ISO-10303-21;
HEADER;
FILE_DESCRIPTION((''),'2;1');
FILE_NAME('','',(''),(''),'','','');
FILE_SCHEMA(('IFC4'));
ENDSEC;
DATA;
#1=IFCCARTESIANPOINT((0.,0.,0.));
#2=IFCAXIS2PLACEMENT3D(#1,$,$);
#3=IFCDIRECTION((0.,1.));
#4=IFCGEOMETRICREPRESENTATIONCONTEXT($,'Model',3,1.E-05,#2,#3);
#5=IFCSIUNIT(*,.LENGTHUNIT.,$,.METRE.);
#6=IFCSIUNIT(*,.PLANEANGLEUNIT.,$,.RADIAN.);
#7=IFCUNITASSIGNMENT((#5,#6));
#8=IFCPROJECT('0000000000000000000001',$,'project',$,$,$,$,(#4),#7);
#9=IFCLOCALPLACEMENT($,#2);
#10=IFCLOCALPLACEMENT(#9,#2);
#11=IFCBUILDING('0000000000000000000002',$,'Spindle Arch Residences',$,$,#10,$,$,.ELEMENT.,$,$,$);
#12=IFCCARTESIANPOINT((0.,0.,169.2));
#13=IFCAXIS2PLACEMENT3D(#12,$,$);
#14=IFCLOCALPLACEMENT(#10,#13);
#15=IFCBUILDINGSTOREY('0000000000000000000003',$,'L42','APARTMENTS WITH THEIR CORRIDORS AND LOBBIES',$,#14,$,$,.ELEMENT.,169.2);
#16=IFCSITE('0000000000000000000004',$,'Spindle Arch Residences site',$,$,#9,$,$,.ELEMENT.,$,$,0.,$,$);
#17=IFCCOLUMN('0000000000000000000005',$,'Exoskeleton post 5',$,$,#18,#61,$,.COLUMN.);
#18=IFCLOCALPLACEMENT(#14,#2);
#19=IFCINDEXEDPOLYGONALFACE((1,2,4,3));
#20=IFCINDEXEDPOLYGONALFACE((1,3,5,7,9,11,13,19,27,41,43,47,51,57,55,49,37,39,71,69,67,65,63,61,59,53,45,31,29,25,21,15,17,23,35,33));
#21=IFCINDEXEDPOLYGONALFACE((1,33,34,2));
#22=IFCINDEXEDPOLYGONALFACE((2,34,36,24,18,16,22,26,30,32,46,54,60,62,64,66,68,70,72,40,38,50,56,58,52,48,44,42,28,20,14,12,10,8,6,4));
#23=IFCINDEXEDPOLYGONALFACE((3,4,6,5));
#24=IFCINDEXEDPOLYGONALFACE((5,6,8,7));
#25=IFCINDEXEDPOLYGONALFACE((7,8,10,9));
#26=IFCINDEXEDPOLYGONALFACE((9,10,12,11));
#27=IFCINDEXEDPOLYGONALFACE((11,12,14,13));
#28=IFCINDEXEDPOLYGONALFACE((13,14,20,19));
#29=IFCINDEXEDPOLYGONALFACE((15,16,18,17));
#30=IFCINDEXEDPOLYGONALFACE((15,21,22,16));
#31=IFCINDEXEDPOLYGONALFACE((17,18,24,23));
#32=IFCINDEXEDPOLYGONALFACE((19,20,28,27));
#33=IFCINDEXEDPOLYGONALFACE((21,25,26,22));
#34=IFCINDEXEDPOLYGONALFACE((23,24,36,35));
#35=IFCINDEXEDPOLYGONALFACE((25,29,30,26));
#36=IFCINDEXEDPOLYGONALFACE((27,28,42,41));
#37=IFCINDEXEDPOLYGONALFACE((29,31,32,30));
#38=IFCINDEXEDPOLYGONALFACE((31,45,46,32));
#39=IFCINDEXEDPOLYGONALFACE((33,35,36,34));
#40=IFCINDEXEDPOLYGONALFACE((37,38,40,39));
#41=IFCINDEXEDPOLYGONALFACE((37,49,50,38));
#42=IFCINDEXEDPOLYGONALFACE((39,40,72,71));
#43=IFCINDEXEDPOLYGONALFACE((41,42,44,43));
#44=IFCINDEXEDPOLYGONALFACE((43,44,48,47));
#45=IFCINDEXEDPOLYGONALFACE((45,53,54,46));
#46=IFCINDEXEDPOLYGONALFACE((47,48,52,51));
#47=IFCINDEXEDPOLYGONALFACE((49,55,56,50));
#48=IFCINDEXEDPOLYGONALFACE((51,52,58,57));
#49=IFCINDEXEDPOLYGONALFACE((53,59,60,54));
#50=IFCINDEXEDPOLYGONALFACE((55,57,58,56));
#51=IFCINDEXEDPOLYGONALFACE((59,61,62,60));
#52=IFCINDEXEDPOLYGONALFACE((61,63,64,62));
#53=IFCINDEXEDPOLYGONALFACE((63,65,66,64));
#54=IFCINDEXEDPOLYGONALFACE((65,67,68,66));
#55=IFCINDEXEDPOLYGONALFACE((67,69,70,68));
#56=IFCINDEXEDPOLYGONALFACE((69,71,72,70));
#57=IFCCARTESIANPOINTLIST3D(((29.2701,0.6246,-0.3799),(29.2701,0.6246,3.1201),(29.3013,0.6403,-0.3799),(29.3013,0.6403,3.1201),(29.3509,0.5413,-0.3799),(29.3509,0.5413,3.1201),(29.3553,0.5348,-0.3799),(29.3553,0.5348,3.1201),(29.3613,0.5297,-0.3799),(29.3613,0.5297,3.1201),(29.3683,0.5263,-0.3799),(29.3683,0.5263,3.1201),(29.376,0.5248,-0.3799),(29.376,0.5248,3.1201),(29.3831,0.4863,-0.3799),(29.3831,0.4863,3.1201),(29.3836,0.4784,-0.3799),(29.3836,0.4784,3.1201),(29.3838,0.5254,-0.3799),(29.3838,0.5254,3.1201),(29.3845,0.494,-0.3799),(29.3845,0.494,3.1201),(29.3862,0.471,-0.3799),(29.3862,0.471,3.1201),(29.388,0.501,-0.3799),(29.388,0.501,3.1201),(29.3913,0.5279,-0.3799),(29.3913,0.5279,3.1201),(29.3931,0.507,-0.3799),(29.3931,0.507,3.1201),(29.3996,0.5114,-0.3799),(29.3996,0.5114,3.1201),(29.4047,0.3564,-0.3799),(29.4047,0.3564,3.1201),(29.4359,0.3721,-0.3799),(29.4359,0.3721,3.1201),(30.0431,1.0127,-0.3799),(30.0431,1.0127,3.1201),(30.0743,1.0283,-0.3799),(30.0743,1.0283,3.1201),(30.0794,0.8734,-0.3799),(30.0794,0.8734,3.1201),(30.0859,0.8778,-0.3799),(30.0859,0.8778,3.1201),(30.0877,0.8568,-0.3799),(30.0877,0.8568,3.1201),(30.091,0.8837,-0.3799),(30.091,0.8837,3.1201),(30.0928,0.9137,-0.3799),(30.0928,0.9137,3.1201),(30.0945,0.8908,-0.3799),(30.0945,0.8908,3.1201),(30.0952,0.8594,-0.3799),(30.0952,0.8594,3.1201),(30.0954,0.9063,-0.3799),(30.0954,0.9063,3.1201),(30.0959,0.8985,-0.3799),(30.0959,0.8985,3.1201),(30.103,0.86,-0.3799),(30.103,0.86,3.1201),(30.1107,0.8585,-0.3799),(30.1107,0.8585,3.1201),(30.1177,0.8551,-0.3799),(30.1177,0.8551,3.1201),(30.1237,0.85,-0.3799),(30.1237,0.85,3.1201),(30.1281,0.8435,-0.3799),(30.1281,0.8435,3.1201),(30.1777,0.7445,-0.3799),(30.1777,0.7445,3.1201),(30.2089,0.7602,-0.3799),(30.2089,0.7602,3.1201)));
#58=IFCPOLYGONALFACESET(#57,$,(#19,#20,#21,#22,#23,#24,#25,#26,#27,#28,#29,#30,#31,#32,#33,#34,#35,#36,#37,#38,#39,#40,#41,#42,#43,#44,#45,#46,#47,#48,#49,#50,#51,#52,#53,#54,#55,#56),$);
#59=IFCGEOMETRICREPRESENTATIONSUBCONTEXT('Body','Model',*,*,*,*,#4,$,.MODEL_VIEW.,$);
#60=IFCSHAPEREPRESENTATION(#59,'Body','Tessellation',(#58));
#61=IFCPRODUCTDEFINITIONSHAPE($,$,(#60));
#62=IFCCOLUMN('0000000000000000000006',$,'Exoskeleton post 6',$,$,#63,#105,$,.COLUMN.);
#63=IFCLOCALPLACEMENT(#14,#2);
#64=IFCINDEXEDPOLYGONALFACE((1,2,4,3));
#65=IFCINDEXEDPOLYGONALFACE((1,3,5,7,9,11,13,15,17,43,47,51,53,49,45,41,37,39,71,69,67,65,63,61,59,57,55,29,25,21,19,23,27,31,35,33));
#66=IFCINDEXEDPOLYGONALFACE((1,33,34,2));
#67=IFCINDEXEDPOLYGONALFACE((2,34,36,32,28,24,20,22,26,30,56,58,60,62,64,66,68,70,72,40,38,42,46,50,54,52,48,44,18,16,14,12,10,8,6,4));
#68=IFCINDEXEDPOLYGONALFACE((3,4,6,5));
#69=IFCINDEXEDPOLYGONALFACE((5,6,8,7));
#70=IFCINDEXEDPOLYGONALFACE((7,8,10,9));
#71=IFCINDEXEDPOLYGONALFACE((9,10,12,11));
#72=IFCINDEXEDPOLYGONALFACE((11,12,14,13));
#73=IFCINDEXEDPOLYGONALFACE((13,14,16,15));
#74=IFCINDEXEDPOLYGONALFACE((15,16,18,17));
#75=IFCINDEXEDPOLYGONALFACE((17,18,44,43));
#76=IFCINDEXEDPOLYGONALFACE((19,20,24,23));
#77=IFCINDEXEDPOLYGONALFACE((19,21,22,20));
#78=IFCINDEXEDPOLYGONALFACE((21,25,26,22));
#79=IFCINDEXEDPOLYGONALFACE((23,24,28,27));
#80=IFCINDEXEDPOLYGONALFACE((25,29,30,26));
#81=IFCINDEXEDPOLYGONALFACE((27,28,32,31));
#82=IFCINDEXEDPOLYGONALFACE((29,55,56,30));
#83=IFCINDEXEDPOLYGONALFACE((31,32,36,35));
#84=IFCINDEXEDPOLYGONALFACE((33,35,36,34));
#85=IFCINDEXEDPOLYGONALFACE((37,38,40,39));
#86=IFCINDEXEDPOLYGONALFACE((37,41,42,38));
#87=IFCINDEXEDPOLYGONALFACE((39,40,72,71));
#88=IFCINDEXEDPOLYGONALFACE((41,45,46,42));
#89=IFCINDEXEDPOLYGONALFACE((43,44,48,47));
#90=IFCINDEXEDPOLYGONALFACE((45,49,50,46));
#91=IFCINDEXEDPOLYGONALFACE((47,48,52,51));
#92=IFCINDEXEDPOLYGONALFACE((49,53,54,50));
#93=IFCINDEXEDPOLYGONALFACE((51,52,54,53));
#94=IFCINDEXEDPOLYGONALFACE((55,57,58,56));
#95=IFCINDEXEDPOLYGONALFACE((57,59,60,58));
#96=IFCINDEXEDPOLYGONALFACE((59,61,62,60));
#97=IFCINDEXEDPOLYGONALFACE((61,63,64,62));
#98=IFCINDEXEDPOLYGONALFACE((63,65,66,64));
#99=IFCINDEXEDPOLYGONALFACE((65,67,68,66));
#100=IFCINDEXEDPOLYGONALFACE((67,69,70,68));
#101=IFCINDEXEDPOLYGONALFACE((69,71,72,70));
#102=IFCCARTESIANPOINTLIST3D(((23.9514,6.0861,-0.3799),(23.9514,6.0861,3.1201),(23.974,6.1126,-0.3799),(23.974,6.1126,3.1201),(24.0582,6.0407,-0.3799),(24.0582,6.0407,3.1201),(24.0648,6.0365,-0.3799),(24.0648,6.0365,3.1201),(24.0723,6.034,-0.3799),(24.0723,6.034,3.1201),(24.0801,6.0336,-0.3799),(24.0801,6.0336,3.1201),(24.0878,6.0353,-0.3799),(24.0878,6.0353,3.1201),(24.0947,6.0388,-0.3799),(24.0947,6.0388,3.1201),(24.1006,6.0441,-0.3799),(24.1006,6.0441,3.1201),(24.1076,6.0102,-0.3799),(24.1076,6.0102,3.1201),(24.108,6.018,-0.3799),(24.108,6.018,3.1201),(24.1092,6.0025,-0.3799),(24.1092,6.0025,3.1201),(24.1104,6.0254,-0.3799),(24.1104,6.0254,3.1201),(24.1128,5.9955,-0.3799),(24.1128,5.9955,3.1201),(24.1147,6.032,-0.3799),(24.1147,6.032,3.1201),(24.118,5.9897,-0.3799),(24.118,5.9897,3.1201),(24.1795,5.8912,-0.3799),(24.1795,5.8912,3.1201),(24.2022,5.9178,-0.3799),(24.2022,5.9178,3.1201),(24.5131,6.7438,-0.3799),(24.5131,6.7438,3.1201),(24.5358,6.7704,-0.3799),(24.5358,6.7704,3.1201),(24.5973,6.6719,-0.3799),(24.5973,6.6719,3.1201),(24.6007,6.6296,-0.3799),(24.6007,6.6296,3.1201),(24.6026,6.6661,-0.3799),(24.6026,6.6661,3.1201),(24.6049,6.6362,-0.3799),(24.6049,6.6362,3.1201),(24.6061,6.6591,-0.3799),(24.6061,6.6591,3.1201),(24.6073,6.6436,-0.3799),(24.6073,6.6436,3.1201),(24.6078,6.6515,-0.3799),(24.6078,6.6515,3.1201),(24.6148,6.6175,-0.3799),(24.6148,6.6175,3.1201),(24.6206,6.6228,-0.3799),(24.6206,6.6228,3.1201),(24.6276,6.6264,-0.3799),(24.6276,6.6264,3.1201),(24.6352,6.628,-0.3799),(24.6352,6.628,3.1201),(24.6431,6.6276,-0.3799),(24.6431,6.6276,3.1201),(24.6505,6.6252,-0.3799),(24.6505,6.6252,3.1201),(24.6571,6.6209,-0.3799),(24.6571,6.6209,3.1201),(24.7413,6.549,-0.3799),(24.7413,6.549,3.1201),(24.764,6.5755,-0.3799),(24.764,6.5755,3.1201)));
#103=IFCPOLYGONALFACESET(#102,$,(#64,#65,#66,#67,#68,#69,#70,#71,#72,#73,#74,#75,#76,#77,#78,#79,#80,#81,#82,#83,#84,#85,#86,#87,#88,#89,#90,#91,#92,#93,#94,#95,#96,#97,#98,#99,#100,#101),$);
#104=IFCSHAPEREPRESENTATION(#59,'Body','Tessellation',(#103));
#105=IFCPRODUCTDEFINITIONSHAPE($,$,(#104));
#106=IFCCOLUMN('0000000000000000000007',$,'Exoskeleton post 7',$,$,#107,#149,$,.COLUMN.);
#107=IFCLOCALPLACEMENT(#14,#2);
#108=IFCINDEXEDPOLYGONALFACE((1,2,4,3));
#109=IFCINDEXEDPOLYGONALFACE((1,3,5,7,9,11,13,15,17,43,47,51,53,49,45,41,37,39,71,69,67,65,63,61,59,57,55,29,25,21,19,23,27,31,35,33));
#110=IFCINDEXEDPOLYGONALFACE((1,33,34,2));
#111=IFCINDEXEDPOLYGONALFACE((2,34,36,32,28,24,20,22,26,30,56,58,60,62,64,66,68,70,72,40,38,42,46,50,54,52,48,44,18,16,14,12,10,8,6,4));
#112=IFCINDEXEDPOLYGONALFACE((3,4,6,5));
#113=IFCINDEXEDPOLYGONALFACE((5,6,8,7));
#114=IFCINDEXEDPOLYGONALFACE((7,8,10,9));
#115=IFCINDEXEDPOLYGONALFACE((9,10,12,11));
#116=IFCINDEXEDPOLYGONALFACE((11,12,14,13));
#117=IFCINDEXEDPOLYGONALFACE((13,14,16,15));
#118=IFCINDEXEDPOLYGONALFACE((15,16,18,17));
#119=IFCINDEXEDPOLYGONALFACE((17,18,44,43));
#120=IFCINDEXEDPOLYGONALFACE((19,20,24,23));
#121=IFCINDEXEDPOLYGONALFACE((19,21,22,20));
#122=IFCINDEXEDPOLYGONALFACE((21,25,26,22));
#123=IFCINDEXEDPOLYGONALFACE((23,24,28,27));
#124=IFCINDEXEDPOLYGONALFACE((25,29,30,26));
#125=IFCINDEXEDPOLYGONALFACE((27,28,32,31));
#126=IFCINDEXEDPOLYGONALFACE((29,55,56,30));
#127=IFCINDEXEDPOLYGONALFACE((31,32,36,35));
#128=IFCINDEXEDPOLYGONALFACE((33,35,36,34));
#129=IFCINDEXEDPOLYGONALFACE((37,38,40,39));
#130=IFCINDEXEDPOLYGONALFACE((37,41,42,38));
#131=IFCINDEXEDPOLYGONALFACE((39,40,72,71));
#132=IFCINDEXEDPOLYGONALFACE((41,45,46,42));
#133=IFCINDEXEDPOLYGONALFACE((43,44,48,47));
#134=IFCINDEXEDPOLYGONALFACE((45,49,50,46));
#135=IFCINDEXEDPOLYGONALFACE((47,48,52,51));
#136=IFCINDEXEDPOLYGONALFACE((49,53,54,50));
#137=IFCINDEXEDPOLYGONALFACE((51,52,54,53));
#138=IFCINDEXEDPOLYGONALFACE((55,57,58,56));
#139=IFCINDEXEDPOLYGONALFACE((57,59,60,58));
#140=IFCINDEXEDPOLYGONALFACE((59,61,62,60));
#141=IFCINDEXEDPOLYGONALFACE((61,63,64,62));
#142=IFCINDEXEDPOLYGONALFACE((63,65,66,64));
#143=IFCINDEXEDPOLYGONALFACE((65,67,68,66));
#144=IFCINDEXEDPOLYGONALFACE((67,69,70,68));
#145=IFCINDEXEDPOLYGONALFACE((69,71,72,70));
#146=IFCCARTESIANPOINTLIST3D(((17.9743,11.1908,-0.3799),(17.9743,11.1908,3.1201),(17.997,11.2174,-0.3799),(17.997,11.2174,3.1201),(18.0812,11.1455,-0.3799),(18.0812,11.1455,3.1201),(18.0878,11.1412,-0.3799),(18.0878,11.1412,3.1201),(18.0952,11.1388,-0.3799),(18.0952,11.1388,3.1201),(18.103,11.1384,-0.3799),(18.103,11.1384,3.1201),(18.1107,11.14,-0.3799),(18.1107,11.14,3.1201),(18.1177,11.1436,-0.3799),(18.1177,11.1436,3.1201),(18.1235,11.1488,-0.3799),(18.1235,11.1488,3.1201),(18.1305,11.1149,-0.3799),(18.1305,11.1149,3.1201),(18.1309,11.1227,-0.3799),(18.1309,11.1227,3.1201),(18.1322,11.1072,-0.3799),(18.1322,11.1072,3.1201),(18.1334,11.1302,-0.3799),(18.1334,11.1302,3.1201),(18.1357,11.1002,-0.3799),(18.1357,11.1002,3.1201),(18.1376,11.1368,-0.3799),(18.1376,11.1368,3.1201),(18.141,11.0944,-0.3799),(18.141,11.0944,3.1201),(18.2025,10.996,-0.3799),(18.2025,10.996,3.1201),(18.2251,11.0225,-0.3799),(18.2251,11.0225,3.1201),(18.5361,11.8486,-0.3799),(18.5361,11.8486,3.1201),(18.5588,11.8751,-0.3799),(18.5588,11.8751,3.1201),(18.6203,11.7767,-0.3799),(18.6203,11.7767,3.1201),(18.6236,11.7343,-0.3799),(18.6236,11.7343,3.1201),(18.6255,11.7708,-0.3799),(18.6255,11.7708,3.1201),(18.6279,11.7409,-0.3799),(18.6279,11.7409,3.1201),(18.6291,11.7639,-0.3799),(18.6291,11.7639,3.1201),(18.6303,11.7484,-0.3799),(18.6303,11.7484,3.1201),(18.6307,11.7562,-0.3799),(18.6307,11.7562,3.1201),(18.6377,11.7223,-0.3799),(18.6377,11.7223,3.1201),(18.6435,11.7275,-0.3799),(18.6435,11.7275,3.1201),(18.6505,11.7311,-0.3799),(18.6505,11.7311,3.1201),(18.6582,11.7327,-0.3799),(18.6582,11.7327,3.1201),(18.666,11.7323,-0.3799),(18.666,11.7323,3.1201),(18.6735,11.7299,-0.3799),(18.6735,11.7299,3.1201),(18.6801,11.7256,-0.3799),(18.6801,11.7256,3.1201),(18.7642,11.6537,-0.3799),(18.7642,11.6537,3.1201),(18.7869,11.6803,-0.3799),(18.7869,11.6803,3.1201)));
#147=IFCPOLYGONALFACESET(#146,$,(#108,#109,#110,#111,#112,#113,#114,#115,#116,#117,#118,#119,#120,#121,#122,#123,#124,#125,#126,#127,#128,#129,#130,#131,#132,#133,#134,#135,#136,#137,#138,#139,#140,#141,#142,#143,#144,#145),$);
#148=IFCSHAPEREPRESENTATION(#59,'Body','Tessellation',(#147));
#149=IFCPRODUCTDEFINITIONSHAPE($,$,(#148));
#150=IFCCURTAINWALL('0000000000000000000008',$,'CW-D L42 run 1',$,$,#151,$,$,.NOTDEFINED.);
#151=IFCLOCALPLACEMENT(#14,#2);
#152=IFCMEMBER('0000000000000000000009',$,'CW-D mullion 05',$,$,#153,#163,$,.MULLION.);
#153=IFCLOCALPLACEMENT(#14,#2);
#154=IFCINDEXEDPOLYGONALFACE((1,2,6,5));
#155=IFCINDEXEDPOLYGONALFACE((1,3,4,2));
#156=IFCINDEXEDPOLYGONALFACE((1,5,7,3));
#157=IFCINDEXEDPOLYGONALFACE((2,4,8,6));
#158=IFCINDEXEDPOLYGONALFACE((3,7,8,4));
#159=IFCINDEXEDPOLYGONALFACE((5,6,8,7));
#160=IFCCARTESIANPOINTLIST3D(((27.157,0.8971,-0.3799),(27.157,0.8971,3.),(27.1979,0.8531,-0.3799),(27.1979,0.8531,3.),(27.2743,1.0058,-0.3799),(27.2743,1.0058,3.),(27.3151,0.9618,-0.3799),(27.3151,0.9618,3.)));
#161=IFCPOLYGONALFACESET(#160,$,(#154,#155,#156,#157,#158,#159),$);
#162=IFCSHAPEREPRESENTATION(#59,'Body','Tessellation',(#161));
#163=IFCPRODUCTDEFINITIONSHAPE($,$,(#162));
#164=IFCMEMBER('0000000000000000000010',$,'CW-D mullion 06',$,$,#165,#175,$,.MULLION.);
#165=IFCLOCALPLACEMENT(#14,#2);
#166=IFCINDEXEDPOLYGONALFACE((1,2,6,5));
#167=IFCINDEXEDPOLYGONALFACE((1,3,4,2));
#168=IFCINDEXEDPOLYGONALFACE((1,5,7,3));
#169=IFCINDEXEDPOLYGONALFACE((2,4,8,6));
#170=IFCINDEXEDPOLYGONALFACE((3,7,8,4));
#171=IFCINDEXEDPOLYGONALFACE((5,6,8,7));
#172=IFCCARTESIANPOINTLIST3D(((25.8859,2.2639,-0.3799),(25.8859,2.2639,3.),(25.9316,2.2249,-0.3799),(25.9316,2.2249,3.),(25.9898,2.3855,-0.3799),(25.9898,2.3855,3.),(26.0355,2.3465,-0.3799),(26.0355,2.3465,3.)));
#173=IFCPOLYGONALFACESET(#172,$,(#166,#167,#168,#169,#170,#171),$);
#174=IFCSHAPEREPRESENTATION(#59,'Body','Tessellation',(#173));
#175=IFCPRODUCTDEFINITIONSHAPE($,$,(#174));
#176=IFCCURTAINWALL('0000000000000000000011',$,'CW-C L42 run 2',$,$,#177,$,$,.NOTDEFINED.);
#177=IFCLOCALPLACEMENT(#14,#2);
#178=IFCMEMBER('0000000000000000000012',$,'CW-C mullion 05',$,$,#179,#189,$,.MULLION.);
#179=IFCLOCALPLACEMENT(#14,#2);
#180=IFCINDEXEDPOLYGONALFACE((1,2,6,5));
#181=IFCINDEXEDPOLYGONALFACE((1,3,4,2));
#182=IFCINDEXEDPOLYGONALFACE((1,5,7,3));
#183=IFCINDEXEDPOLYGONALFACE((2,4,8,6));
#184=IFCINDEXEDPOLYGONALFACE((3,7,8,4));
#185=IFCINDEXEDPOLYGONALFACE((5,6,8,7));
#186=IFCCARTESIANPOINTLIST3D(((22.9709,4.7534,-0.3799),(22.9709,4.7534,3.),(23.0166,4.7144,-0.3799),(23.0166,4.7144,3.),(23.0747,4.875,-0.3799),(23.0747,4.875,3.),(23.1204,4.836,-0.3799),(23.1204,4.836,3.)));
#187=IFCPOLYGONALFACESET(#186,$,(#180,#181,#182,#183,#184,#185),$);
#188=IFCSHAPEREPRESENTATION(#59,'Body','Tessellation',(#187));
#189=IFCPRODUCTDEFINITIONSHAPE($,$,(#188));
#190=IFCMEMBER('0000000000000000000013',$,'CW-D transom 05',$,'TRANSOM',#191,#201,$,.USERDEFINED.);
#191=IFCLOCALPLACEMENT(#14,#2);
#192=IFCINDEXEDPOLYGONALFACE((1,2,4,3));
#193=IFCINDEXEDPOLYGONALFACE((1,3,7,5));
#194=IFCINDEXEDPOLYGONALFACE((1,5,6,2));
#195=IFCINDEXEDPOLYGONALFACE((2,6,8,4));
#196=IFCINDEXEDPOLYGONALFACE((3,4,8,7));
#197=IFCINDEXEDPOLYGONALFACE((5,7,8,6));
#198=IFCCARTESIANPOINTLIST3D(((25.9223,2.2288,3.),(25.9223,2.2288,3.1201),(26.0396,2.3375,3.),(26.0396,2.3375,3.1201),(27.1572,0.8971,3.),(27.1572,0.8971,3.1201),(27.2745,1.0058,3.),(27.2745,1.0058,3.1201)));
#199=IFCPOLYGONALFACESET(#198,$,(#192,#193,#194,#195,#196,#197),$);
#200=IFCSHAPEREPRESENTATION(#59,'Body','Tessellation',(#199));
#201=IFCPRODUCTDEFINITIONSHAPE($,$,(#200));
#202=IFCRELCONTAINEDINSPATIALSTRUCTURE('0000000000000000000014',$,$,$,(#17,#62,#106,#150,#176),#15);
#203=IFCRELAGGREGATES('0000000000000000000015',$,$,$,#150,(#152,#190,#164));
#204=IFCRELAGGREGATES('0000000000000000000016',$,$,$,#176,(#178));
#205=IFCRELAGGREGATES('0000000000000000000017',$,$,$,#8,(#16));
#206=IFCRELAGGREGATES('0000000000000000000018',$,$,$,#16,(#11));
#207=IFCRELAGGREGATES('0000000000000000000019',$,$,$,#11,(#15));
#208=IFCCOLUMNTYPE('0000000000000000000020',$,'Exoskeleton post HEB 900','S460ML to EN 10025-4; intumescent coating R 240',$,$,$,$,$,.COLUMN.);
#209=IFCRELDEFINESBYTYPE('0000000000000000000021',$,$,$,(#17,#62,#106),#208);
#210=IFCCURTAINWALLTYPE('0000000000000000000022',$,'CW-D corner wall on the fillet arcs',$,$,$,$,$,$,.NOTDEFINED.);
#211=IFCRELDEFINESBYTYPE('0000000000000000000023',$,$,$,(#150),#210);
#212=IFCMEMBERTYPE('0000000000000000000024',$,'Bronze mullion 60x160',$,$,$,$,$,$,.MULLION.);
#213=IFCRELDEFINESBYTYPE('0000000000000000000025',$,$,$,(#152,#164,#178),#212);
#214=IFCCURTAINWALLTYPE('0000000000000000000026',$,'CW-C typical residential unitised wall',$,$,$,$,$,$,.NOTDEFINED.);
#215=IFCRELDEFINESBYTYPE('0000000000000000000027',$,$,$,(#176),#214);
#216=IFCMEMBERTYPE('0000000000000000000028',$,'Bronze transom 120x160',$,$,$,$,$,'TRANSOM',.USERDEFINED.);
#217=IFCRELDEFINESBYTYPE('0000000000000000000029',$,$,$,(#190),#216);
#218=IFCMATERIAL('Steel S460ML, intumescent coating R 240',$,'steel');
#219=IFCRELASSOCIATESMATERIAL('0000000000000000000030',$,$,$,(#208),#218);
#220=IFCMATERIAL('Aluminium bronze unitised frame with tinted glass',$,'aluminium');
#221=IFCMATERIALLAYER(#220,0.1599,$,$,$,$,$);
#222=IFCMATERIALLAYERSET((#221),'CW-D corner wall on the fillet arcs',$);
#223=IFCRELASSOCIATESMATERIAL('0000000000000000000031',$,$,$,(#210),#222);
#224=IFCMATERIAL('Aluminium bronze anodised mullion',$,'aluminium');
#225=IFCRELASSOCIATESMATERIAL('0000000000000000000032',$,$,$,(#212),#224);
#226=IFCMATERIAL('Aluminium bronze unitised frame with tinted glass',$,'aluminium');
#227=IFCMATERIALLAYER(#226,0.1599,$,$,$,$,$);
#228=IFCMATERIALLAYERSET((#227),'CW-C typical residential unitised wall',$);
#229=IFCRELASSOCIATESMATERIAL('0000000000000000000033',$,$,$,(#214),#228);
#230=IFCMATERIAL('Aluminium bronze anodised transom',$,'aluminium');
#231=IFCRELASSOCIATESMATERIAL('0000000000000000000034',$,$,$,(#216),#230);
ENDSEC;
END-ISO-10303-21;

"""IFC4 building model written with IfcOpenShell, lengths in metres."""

from ifc_helpers import new_model, si_unit, direction, frame, origin, origin_2d, place, context, subcontext, project, spatial, rectangle, i_section, extrude, material, layer, layer_set, material_profile, profile_set, type_object, element, aggregate, save


model = new_model("IFC4")

# Units and contexts
model_context = context("Model", 3, precision=1e-05, world=origin(), true_north=direction((0.0, 1.0)))
body_context = subcontext(model_context, "Body", "Model", "MODEL_VIEW")
ifc_project = project(units=[si_unit("LENGTHUNIT", "METRE"), si_unit("PLANEANGLEUNIT", "RADIAN")], contexts=[model_context])

# Site, building, storey
site_placement = place(None, origin())
site = spatial("IfcSite", under=ifc_project, at=site_placement, Name="Spindle Arch Residences site", CompositionType="ELEMENT", RefElevation=0.0)
building_placement = place(site_placement, origin())
building = spatial("IfcBuilding", under=site, at=building_placement, Name="Spindle Arch Residences", CompositionType="ELEMENT")
storey_placement = place(building_placement, frame((0.0, 0.0, 169.2)))
storey = spatial("IfcBuildingStorey", under=building, at=storey_placement, Name="L42", Description="APARTMENTS WITH THEIR CORRIDORS AND LOBBIES", CompositionType="ELEMENT", Elevation=169.2)

# Columns
ifc_material_1 = material(Name="Steel S460ML, intumescent coating R 240", Category="steel")
ifc_material_profile_1 = material_profile(ifc_material_1, i_section(OverallWidth=0.3, OverallDepth=0.8999, WebThickness=0.0186, FlangeThickness=0.0349, FilletRadius=0.03, at=origin_2d()), Name="HEB 900")
ifc_profile_set_1 = profile_set([ifc_material_profile_1], Name="Steel S460ML, intumescent coating R 240")
column_type = type_object("IfcColumnType", Name="Exoskeleton post HEB 900", Description="S460ML to EN 10025-4; intumescent coating R 240", PredefinedType="COLUMN", material=ifc_profile_set_1)
for number, where, z_axis, x_axis, name in (
    (1, (29.7395, 0.6924, -0.3799), (0.0, 0.0, 1.0), (0.448657, -0.893704, 0.0), "Exoskeleton post 5"),
    (2, (24.3577, 6.3308, -0.3799), (0.0, 0.0, 1.0), (0.760406, -0.649448, 0.0), "Exoskeleton post 6"),
    (3, (18.3806, 11.4355, -0.3799), (0.0, 0.0, 1.0), (0.760406, -0.649448, 0.0), "Exoskeleton post 7"),
):
    element("IfcColumn", number, at=place(storey_placement, frame(where, z_axis=z_axis, x_axis=x_axis)), inside=storey, type_object=column_type, Name=name, PredefinedType="COLUMN", context=body_context, shape_type="SweptSolid", body=[
        extrude(i_section(OverallWidth=0.3, OverallDepth=0.8999, WebThickness=0.0186, FlangeThickness=0.0349, FilletRadius=0.03, at=origin_2d()), origin(), (0.0, 0.0, 1.0), 3.5),
    ])

# Curtain wall, members
ifc_material_2 = material(Name="Aluminium bronze unitised frame with tinted glass", Category="aluminium")
ifc_layer_1 = layer(ifc_material_2, 0.1599)
ifc_layer_set_1 = layer_set([ifc_layer_1], Name="CW-D corner wall on the fillet arcs")
curtain_wall_type_1 = type_object("IfcCurtainWallType", Name="CW-D corner wall on the fillet arcs", PredefinedType="NOTDEFINED", material=ifc_layer_set_1)
curtain_wall_1_placement = place(storey_placement, origin())
curtain_wall_1 = element("IfcCurtainWall", 4, at=curtain_wall_1_placement, inside=storey, type_object=curtain_wall_type_1, Name="CW-D L42 run 1", PredefinedType="NOTDEFINED")
ifc_material_3 = material(Name="Aluminium bronze anodised mullion", Category="aluminium")
ifc_material_profile_2 = material_profile(ifc_material_3, rectangle(XDim=0.1599, YDim=0.0601, at=origin_2d()), Name="MU 60x160")
ifc_profile_set_2 = profile_set([ifc_material_profile_2], Name="Aluminium bronze anodised mullion")
member_type_1 = type_object("IfcMemberType", Name="Bronze mullion 60x160", PredefinedType="MULLION", material=ifc_profile_set_2)
member_1_placement = place(storey_placement, frame((27.2361, 0.9294, -0.3799), z_axis=(0.0, 0.0, 1.0), x_axis=(-0.733334, -0.679868, 0.0)))
member_1 = element("IfcMember", 5, at=member_1_placement, type_object=member_type_1, Name="CW-D mullion 05", PredefinedType="MULLION", context=body_context, shape_type="SweptSolid", body=[
    extrude(rectangle(XDim=0.1599, YDim=0.0601, at=origin_2d()), origin(), (0.0, 0.0, 1.0), 3.3799),
])
member_2_placement = place(storey_placement, frame((25.9607, 2.3052, -0.3799), z_axis=(0.0, 0.0, 1.0), x_axis=(-0.649448, -0.760406, 0.0)))
member_2 = element("IfcMember", 6, at=member_2_placement, type_object=member_type_1, Name="CW-D mullion 06", PredefinedType="MULLION", context=body_context, shape_type="SweptSolid", body=[
    extrude(rectangle(XDim=0.1599, YDim=0.0601, at=origin_2d()), origin(), (0.0, 0.0, 1.0), 3.3799),
])

# Curtain wall, member
ifc_material_4 = material(Name="Aluminium bronze unitised frame with tinted glass", Category="aluminium")
ifc_layer_2 = layer(ifc_material_4, 0.1599)
ifc_layer_set_2 = layer_set([ifc_layer_2], Name="CW-C typical residential unitised wall")
curtain_wall_type_2 = type_object("IfcCurtainWallType", Name="CW-C typical residential unitised wall", PredefinedType="NOTDEFINED", material=ifc_layer_set_2)
curtain_wall_2_placement = place(storey_placement, origin())
curtain_wall_2 = element("IfcCurtainWall", 7, at=curtain_wall_2_placement, inside=storey, type_object=curtain_wall_type_2, Name="CW-C L42 run 2", PredefinedType="NOTDEFINED")
member_3_placement = place(storey_placement, frame((23.0457, 4.7947, -0.3799), z_axis=(0.0, 0.0, 1.0), x_axis=(-0.649448, -0.760406, 0.0)))
member_3 = element("IfcMember", 8, at=member_3_placement, type_object=member_type_1, Name="CW-C mullion 05", PredefinedType="MULLION", context=body_context, shape_type="SweptSolid", body=[
    extrude(rectangle(XDim=0.1599, YDim=0.0601, at=origin_2d()), origin(), (0.0, 0.0, 1.0), 3.3799),
])

# Member
ifc_material_5 = material(Name="Aluminium bronze anodised transom", Category="aluminium")
ifc_material_profile_3 = material_profile(ifc_material_5, rectangle(XDim=0.1599, YDim=0.1201, at=origin_2d()), Name="TR 120x160")
ifc_profile_set_3 = profile_set([ifc_material_profile_3], Name="Aluminium bronze anodised transom")
member_type_2 = type_object("IfcMemberType", Name="Bronze transom 120x160", ElementType="TRANSOM", PredefinedType="USERDEFINED", material=ifc_profile_set_3)
member_4_placement = place(storey_placement, frame((27.2158, 0.9514, 3.0601), z_axis=(-0.67992, 0.733286, 0.0), x_axis=(-0.733286, -0.67992, 0.0)))
member_4 = element("IfcMember", 9, at=member_4_placement, type_object=member_type_2, Name="CW-D transom 05", ObjectType="TRANSOM", PredefinedType="USERDEFINED", context=body_context, shape_type="SweptSolid", body=[
    extrude(rectangle(XDim=0.1599, YDim=0.1201, at=origin_2d()), origin(), (0.0, 0.0, 1.0), 1.8162),
])

aggregate(curtain_wall_1, [member_1, member_4, member_2])
aggregate(curtain_wall_2, [member_3])

save(model, "model.ifc")
